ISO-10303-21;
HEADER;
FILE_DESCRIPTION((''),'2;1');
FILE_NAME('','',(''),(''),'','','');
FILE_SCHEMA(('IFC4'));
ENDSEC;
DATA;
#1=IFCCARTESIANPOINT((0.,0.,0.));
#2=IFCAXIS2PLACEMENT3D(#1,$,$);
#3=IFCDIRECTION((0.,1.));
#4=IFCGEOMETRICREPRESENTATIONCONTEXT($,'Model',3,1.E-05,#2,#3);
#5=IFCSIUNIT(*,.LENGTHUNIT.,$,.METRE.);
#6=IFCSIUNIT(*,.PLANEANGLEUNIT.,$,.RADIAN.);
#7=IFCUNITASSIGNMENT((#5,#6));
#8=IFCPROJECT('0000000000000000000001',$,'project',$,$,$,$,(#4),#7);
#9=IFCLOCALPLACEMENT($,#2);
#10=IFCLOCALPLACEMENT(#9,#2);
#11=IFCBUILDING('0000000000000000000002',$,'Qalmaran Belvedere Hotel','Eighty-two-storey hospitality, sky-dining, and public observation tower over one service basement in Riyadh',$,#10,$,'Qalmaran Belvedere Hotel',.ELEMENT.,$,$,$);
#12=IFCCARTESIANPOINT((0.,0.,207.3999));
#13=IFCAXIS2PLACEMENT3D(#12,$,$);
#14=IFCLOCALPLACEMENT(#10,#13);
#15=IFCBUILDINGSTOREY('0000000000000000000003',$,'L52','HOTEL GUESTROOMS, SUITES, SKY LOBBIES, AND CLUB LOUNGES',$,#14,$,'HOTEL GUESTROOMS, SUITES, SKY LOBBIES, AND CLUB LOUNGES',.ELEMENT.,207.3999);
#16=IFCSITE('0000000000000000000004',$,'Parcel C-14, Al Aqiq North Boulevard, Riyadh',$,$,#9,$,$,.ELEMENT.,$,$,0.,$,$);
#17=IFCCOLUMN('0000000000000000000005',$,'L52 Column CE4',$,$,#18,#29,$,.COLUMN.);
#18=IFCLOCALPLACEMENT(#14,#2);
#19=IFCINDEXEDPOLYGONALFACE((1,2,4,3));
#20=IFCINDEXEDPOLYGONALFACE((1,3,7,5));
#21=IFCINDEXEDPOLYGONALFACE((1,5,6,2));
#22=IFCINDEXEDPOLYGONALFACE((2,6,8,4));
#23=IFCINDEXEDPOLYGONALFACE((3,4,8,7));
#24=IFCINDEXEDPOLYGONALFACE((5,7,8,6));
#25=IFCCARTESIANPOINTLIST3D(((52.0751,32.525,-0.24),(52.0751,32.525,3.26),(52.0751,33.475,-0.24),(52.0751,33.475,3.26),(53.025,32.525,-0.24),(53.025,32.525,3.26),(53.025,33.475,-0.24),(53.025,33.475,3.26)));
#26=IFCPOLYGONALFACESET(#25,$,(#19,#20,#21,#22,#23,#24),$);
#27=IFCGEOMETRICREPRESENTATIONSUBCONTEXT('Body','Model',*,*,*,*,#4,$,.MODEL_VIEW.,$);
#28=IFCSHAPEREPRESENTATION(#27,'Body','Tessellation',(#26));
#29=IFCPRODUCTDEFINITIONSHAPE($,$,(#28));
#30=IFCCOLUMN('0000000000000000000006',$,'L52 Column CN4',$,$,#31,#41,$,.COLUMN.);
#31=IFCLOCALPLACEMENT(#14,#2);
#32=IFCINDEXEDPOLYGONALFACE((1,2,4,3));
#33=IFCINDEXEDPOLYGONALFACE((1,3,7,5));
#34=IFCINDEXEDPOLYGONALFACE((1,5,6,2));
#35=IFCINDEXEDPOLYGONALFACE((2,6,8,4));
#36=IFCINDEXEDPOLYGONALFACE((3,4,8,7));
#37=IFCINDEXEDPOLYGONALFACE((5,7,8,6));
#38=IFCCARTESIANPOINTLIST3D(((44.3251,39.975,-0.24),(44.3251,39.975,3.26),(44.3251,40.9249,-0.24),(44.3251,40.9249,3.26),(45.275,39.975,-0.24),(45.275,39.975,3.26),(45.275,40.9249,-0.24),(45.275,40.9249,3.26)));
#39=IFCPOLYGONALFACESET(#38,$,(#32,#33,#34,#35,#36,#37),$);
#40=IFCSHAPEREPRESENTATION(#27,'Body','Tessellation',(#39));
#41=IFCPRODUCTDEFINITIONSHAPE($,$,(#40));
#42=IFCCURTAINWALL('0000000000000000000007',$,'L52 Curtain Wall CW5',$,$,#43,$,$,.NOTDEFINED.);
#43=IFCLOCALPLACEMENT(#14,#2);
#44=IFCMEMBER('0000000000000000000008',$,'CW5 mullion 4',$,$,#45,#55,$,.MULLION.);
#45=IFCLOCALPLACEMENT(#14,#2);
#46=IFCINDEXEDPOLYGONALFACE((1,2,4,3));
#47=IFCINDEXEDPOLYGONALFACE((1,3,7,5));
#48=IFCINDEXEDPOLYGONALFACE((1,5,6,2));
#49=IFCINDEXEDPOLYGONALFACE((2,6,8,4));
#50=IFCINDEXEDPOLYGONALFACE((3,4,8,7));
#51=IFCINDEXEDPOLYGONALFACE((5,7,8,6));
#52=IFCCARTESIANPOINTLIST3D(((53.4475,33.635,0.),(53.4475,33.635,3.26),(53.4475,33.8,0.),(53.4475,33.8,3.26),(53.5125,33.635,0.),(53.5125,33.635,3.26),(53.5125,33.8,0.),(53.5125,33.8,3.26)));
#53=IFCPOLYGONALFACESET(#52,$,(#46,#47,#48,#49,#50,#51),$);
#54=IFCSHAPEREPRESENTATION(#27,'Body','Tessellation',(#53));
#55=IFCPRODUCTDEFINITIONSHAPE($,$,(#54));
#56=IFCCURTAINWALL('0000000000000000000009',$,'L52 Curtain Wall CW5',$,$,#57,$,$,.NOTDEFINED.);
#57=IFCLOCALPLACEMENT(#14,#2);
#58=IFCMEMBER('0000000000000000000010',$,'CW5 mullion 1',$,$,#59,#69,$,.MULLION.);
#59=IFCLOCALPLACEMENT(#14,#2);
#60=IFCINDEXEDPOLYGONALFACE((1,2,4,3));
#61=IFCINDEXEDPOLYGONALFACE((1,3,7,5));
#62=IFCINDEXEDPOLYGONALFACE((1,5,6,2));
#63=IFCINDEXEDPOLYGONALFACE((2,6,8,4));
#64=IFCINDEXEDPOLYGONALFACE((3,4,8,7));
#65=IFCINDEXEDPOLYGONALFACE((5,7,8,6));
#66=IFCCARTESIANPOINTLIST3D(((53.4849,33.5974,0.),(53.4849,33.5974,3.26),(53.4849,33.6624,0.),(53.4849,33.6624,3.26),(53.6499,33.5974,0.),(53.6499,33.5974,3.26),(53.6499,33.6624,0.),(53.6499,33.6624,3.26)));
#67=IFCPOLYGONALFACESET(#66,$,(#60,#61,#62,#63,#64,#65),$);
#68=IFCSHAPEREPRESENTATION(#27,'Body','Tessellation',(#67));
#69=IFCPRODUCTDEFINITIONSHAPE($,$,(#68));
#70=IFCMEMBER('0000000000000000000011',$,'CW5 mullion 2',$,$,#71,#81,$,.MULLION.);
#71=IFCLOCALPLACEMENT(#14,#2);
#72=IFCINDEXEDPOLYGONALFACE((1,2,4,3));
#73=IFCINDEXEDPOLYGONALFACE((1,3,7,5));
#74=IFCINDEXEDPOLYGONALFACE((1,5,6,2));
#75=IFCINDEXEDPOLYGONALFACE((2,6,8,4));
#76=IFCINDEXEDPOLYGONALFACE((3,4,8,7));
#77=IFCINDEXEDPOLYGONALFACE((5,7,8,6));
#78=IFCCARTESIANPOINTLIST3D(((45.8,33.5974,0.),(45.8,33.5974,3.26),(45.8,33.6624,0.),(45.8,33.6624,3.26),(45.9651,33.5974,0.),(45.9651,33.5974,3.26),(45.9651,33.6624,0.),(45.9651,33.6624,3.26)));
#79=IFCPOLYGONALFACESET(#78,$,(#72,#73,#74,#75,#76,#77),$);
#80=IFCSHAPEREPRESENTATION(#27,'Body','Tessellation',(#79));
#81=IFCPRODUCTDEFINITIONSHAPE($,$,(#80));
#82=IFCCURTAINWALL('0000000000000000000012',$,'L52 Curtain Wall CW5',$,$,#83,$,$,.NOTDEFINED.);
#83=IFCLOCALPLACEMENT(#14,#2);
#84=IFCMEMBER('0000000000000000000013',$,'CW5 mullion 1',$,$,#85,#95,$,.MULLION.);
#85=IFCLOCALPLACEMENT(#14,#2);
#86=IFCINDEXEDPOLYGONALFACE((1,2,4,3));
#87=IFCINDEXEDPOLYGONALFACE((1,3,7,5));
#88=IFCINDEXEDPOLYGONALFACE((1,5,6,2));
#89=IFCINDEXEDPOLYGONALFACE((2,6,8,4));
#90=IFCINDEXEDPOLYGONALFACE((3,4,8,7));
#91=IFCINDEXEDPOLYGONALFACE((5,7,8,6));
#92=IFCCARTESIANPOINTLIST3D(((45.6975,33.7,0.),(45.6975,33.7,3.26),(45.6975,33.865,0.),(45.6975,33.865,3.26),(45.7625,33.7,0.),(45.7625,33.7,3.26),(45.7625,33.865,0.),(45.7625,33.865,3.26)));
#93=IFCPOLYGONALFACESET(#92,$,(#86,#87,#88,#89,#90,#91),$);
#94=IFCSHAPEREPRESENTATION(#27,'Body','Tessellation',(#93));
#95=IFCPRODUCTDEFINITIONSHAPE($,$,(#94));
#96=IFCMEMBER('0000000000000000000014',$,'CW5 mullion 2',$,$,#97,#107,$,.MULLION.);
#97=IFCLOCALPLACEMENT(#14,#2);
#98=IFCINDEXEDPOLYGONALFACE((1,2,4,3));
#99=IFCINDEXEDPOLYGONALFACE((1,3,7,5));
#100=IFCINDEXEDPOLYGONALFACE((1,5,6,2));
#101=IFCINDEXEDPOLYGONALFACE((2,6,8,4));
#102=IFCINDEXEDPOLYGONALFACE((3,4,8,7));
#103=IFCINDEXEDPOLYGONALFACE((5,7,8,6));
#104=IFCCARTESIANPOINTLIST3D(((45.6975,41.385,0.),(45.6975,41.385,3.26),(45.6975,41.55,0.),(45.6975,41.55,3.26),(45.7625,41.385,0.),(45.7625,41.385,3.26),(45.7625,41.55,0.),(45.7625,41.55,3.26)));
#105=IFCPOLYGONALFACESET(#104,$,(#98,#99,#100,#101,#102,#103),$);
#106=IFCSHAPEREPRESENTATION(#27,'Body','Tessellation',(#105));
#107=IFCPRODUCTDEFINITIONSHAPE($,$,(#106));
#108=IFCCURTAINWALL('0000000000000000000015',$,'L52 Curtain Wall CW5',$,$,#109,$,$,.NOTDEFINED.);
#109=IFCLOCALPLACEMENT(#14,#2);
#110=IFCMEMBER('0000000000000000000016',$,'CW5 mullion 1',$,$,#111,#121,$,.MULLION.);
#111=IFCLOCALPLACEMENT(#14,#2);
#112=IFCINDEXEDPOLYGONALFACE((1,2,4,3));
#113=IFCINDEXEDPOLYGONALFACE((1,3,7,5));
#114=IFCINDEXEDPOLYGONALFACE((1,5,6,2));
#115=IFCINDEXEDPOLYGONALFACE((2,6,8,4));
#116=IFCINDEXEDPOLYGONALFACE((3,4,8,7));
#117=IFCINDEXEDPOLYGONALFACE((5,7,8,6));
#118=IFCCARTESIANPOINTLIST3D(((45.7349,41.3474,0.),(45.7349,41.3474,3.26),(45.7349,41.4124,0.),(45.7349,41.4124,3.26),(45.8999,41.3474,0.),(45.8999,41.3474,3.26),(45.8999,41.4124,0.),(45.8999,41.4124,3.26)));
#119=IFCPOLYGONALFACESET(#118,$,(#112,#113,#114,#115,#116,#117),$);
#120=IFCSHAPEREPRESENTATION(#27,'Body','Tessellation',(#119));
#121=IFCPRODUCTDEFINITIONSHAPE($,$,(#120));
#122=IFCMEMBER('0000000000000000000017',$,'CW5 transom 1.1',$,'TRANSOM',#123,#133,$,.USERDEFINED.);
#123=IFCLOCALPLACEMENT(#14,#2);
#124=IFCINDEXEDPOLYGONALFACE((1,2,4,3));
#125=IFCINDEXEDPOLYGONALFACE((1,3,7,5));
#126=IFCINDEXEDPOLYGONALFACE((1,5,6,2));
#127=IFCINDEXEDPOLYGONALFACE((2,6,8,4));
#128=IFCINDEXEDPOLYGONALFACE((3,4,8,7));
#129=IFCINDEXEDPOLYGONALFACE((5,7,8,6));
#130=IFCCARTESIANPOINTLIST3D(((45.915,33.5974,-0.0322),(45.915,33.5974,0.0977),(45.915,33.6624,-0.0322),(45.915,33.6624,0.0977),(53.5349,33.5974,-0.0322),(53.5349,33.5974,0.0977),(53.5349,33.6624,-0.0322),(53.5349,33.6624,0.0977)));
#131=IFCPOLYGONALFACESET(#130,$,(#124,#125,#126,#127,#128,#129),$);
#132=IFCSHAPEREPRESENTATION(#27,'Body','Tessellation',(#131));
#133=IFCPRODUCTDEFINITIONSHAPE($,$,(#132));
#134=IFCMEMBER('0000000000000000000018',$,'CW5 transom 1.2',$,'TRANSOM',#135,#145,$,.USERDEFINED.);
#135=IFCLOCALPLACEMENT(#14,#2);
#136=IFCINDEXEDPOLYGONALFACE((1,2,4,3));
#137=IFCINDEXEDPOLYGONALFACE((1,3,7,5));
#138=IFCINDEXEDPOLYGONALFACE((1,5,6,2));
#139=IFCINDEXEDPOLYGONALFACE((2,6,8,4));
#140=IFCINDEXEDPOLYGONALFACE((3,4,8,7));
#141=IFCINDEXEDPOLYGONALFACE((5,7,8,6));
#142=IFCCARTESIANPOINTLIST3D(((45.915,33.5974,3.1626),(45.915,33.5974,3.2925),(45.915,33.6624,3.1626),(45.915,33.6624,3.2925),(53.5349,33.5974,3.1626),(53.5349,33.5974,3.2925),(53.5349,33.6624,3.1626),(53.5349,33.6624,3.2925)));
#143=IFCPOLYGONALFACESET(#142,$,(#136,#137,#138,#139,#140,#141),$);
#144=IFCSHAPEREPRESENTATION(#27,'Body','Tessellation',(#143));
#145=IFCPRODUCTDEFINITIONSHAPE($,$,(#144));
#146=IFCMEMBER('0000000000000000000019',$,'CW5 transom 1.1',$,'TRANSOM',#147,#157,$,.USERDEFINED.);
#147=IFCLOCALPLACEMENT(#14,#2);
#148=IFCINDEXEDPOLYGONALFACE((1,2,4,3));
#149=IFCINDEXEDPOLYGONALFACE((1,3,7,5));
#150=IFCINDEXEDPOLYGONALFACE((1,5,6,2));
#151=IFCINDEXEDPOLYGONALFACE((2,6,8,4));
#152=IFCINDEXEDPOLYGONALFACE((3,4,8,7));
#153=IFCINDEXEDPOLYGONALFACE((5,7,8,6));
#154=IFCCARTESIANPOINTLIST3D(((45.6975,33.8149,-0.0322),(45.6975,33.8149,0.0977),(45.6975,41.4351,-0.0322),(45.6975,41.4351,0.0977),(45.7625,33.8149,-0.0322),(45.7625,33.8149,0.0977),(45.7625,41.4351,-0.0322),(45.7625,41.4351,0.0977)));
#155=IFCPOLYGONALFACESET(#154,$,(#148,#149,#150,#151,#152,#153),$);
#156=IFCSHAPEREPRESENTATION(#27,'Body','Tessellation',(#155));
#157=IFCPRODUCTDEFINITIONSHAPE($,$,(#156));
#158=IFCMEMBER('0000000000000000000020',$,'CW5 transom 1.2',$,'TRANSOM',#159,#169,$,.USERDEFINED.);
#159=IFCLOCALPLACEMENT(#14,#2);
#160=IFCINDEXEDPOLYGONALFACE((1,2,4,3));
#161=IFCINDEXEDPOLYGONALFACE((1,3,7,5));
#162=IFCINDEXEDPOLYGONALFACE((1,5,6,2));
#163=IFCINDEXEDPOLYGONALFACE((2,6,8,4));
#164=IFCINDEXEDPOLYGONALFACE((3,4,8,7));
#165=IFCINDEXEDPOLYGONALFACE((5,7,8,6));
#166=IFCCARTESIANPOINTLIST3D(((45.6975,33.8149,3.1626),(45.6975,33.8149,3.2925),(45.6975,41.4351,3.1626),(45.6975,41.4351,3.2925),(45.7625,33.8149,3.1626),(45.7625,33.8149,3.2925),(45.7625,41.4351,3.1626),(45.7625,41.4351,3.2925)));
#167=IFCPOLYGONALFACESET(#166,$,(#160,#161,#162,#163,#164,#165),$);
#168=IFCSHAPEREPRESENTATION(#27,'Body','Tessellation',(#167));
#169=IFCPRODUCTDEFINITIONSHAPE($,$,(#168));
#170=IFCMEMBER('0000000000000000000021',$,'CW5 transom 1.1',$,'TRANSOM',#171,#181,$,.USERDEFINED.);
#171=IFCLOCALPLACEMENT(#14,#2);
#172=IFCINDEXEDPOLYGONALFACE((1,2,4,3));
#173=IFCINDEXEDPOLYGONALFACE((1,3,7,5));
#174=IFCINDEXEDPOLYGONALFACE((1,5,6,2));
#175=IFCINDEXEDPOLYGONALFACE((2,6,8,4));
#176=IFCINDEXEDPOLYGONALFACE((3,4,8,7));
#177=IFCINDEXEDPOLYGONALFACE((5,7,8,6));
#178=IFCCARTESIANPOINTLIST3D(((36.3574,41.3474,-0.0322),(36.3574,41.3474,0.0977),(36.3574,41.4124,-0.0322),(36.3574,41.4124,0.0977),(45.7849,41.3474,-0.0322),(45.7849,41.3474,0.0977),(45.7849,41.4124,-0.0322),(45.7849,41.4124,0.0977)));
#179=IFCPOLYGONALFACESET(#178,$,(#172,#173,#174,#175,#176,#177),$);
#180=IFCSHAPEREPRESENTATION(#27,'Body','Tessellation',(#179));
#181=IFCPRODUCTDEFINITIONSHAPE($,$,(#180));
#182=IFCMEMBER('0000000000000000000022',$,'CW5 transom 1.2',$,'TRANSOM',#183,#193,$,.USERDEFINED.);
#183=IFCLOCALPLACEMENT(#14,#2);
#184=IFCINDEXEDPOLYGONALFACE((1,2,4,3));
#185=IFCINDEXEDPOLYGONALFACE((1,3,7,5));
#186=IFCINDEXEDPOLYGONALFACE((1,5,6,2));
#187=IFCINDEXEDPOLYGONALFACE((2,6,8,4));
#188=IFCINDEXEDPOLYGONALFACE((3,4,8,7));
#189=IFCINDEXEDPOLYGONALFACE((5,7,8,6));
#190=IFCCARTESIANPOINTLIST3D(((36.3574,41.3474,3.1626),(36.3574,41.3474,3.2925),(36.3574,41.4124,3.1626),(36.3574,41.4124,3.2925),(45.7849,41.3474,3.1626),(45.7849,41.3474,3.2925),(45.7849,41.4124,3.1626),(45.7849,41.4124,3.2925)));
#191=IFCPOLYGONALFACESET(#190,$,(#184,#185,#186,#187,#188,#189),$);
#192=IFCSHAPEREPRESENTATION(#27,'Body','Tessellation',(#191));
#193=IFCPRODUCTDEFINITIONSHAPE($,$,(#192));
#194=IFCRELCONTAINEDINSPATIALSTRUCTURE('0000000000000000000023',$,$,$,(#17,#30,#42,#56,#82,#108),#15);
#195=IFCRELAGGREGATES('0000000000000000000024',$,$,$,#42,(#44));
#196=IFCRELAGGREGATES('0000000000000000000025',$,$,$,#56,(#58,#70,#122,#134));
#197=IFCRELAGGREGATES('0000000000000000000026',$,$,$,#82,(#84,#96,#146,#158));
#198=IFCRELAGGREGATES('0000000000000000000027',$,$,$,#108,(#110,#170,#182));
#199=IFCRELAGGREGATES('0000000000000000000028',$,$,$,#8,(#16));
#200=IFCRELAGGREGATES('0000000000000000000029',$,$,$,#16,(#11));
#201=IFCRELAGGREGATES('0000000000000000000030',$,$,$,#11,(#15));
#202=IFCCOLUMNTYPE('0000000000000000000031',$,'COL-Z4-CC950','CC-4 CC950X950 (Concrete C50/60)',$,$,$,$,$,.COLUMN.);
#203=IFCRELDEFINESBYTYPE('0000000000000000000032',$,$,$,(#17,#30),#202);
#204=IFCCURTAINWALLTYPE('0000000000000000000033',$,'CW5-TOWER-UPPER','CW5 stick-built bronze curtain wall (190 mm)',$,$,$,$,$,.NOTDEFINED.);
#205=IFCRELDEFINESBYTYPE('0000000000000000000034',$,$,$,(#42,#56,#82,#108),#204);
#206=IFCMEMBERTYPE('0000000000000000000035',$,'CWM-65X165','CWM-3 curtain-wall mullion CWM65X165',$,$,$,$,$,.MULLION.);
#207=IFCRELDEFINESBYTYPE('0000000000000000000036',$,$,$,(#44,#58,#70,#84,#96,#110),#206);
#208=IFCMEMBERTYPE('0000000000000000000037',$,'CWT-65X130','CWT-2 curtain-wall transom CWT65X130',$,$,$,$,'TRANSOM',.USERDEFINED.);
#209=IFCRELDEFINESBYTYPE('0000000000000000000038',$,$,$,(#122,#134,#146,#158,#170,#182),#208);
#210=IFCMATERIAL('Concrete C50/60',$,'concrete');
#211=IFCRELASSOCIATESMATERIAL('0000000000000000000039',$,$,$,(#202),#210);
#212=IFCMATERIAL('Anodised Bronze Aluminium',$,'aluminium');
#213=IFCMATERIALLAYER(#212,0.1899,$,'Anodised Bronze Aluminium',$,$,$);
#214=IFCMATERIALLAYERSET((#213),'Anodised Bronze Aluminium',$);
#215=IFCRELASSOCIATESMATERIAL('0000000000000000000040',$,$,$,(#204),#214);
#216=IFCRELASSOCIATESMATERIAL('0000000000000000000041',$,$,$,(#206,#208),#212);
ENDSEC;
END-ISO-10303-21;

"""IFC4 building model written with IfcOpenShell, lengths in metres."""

from ifc_helpers import new_model, si_unit, direction, frame, origin, origin_2d, place, context, subcontext, project, spatial, rectangle, extrude, material, layer, layer_set, material_profile, profile_set, type_object, element, aggregate, save


model = new_model("IFC4")

# Units and contexts
model_context = context("Model", 3, precision=1e-05, world=origin(), true_north=direction((0.0, 1.0)))
body_context = subcontext(model_context, "Body", "Model", "MODEL_VIEW")
ifc_project = project(units=[si_unit("LENGTHUNIT", "METRE"), si_unit("PLANEANGLEUNIT", "RADIAN")], contexts=[model_context])

# Site, building, storey
site_placement = place(None, origin())
site = spatial("IfcSite", under=ifc_project, at=site_placement, Name="Parcel C-14, Al Aqiq North Boulevard, Riyadh", CompositionType="ELEMENT", RefElevation=0.0)
building_placement = place(site_placement, origin())
building = spatial("IfcBuilding", under=site, at=building_placement, Name="Qalmaran Belvedere Hotel", Description="Eighty-two-storey hospitality, sky-dining, and public observation tower over one service basement in Riyadh", LongName="Qalmaran Belvedere Hotel", CompositionType="ELEMENT")
storey_placement = place(building_placement, frame((0.0, 0.0, 207.3999)))
storey = spatial("IfcBuildingStorey", under=building, at=storey_placement, Name="L52", Description="HOTEL GUESTROOMS, SUITES, SKY LOBBIES, AND CLUB LOUNGES", LongName="HOTEL GUESTROOMS, SUITES, SKY LOBBIES, AND CLUB LOUNGES", CompositionType="ELEMENT", Elevation=207.3999)

# Columns
ifc_material_1 = material(Name="Concrete C50/60", Category="concrete")
ifc_material_profile_1 = material_profile(ifc_material_1, rectangle(XDim=0.95, YDim=0.95, at=origin_2d()), Name="CC950X950")
ifc_profile_set_1 = profile_set([ifc_material_profile_1], Name="Concrete C50/60")
column_type = type_object("IfcColumnType", Name="COL-Z4-CC950", Description="CC-4 CC950X950 (Concrete C50/60)", PredefinedType="COLUMN", material=ifc_profile_set_1)
for number, where, z_axis, x_axis, name in (
    (1, (52.55, 33.0, -0.24), (0.0, 0.0, 1.0), (1.0, 0.0, 0.0), "L52 Column CE4"),
    (2, (44.8, 40.45, -0.24), (0.0, 0.0, 1.0), (1.0, 0.0, 0.0), "L52 Column CN4"),
):
    element("IfcColumn", number, at=place(storey_placement, frame(where, z_axis=z_axis, x_axis=x_axis)), inside=storey, type_object=column_type, Name=name, PredefinedType="COLUMN", context=body_context, shape_type="SweptSolid", body=[
        extrude(rectangle(XDim=0.95, YDim=0.95, at=origin_2d()), origin(), (0.0, 0.0, 1.0), 3.5),
    ])

# Curtain wall, member
ifc_material_2 = material(Name="Anodised Bronze Aluminium", Category="aluminium")
ifc_layer_1 = layer(ifc_material_2, 0.1899, Name="Anodised Bronze Aluminium")
ifc_layer_set_1 = layer_set([ifc_layer_1], Name="Anodised Bronze Aluminium")
curtain_wall_type = type_object("IfcCurtainWallType", Name="CW5-TOWER-UPPER", Description="CW5 stick-built bronze curtain wall (190 mm)", PredefinedType="NOTDEFINED", material=ifc_layer_set_1)
curtain_wall_1_placement = place(storey_placement, origin())
curtain_wall_1 = element("IfcCurtainWall", 3, at=curtain_wall_1_placement, inside=storey, type_object=curtain_wall_type, Name="L52 Curtain Wall CW5", PredefinedType="NOTDEFINED")
ifc_material_profile_2 = material_profile(ifc_material_2, rectangle(XDim=0.0649, YDim=0.165, at=origin_2d()), Name="CWM65X165")
ifc_profile_set_2 = profile_set([ifc_material_profile_2], Name="Anodised Bronze Aluminium")
member_type_1 = type_object("IfcMemberType", Name="CWM-65X165", Description="CWM-3 curtain-wall mullion CWM65X165", PredefinedType="MULLION", material=ifc_profile_set_2)
member_1_placement = place(storey_placement, frame((53.48, 33.7175, 0.0), z_axis=(0.0, 0.0, 1.0), x_axis=(-1.0, 0.0, 0.0)))
member_1 = element("IfcMember", 4, at=member_1_placement, type_object=member_type_1, Name="CW5 mullion 4", PredefinedType="MULLION", context=body_context, shape_type="SweptSolid", body=[
    extrude(rectangle(XDim=0.0649, YDim=0.165, at=origin_2d()), origin(), (0.0, 0.0, 1.0), 3.26),
])
aggregate(curtain_wall_1, [member_1])

# Curtain walls, members
curtain_wall_2_placement = place(storey_placement, origin())
curtain_wall_2 = element("IfcCurtainWall", 5, at=curtain_wall_2_placement, inside=storey, type_object=curtain_wall_type, Name="L52 Curtain Wall CW5", PredefinedType="NOTDEFINED")
member_2_placement = place(storey_placement, frame((53.5674, 33.6299, 0.0), z_axis=(0.0, 0.0, 1.0), x_axis=(0.0, -1.0, 0.0)))
member_2 = element("IfcMember", 6, at=member_2_placement, type_object=member_type_1, Name="CW5 mullion 1", PredefinedType="MULLION", context=body_context, shape_type="SweptSolid", body=[
    extrude(rectangle(XDim=0.0649, YDim=0.165, at=origin_2d()), origin(), (0.0, 0.0, 1.0), 3.26),
])
member_3_placement = place(storey_placement, frame((45.8826, 33.6299, 0.0), z_axis=(0.0, 0.0, 1.0), x_axis=(0.0, -1.0, 0.0)))
member_3 = element("IfcMember", 7, at=member_3_placement, type_object=member_type_1, Name="CW5 mullion 2", PredefinedType="MULLION", context=body_context, shape_type="SweptSolid", body=[
    extrude(rectangle(XDim=0.0649, YDim=0.165, at=origin_2d()), origin(), (0.0, 0.0, 1.0), 3.26),
])
curtain_wall_3_placement = place(storey_placement, origin())
curtain_wall_3 = element("IfcCurtainWall", 8, at=curtain_wall_3_placement, inside=storey, type_object=curtain_wall_type, Name="L52 Curtain Wall CW5", PredefinedType="NOTDEFINED")
member_4_placement = place(storey_placement, frame((45.73, 33.7825, 0.0), z_axis=(0.0, 0.0, 1.0), x_axis=(-1.0, 0.0, 0.0)))
member_4 = element("IfcMember", 9, at=member_4_placement, type_object=member_type_1, Name="CW5 mullion 1", PredefinedType="MULLION", context=body_context, shape_type="SweptSolid", body=[
    extrude(rectangle(XDim=0.0649, YDim=0.165, at=origin_2d()), origin(), (0.0, 0.0, 1.0), 3.26),
])
member_5_placement = place(storey_placement, frame((45.73, 41.4675, 0.0), z_axis=(0.0, 0.0, 1.0), x_axis=(-1.0, 0.0, 0.0)))
member_5 = element("IfcMember", 10, at=member_5_placement, type_object=member_type_1, Name="CW5 mullion 2", PredefinedType="MULLION", context=body_context, shape_type="SweptSolid", body=[
    extrude(rectangle(XDim=0.0649, YDim=0.165, at=origin_2d()), origin(), (0.0, 0.0, 1.0), 3.26),
])

# Curtain wall, member
curtain_wall_4_placement = place(storey_placement, origin())
curtain_wall_4 = element("IfcCurtainWall", 11, at=curtain_wall_4_placement, inside=storey, type_object=curtain_wall_type, Name="L52 Curtain Wall CW5", PredefinedType="NOTDEFINED")
member_6_placement = place(storey_placement, frame((45.8174, 41.3799, 0.0), z_axis=(0.0, 0.0, 1.0), x_axis=(0.0, -1.0, 0.0)))
member_6 = element("IfcMember", 12, at=member_6_placement, type_object=member_type_1, Name="CW5 mullion 1", PredefinedType="MULLION", context=body_context, shape_type="SweptSolid", body=[
    extrude(rectangle(XDim=0.0649, YDim=0.165, at=origin_2d()), origin(), (0.0, 0.0, 1.0), 3.26),
])

# Members
ifc_material_profile_3 = material_profile(ifc_material_2, rectangle(XDim=0.0649, YDim=0.1299, at=origin_2d()), Name="CWT65X130")
ifc_profile_set_3 = profile_set([ifc_material_profile_3], Name="Anodised Bronze Aluminium")
member_type_2 = type_object("IfcMemberType", Name="CWT-65X130", Description="CWT-2 curtain-wall transom CWT65X130", ElementType="TRANSOM", PredefinedType="USERDEFINED", material=ifc_profile_set_3)
member_7_placement = place(storey_placement, frame((53.5349, 33.6299, 0.0327), z_axis=(-1.0, 0.0, 0.0), x_axis=(0.0, -1.0, 0.0)))
member_7 = element("IfcMember", 13, at=member_7_placement, type_object=member_type_2, Name="CW5 transom 1.1", ObjectType="TRANSOM", PredefinedType="USERDEFINED", context=body_context, shape_type="SweptSolid", body=[
    extrude(rectangle(XDim=0.0649, YDim=0.1299, at=origin_2d()), origin(), (0.0, 0.0, 1.0), 7.6199),
])
member_8_placement = place(storey_placement, frame((53.5349, 33.6299, 3.2275), z_axis=(-1.0, 0.0, 0.0), x_axis=(0.0, -1.0, 0.0)))
member_8 = element("IfcMember", 14, at=member_8_placement, type_object=member_type_2, Name="CW5 transom 1.2", ObjectType="TRANSOM", PredefinedType="USERDEFINED", context=body_context, shape_type="SweptSolid", body=[
    extrude(rectangle(XDim=0.0649, YDim=0.1299, at=origin_2d()), origin(), (0.0, 0.0, 1.0), 7.6199),
])
member_9_placement = place(storey_placement, frame((45.73, 33.8149, 0.0327), z_axis=(0.0, 1.0, 0.0), x_axis=(-1.0, 0.0, 0.0)))
member_9 = element("IfcMember", 15, at=member_9_placement, type_object=member_type_2, Name="CW5 transom 1.1", ObjectType="TRANSOM", PredefinedType="USERDEFINED", context=body_context, shape_type="SweptSolid", body=[
    extrude(rectangle(XDim=0.0649, YDim=0.1299, at=origin_2d()), origin(), (0.0, 0.0, 1.0), 7.6201),
])
member_10_placement = place(storey_placement, frame((45.73, 33.8149, 3.2275), z_axis=(0.0, 1.0, 0.0), x_axis=(-1.0, 0.0, 0.0)))
member_10 = element("IfcMember", 16, at=member_10_placement, type_object=member_type_2, Name="CW5 transom 1.2", ObjectType="TRANSOM", PredefinedType="USERDEFINED", context=body_context, shape_type="SweptSolid", body=[
    extrude(rectangle(XDim=0.0649, YDim=0.1299, at=origin_2d()), origin(), (0.0, 0.0, 1.0), 7.6201),
])
member_11_placement = place(storey_placement, frame((45.7849, 41.3799, 0.0327), z_axis=(-1.0, 0.0, 0.0), x_axis=(0.0, -1.0, 0.0)))
member_11 = element("IfcMember", 17, at=member_11_placement, type_object=member_type_2, Name="CW5 transom 1.1", ObjectType="TRANSOM", PredefinedType="USERDEFINED", context=body_context, shape_type="SweptSolid", body=[
    extrude(rectangle(XDim=0.0649, YDim=0.1299, at=origin_2d()), origin(), (0.0, 0.0, 1.0), 9.4275),
])
member_12_placement = place(storey_placement, frame((45.7849, 41.3799, 3.2275), z_axis=(-1.0, 0.0, 0.0), x_axis=(0.0, -1.0, 0.0)))
member_12 = element("IfcMember", 18, at=member_12_placement, type_object=member_type_2, Name="CW5 transom 1.2", ObjectType="TRANSOM", PredefinedType="USERDEFINED", context=body_context, shape_type="SweptSolid", body=[
    extrude(rectangle(XDim=0.0649, YDim=0.1299, at=origin_2d()), origin(), (0.0, 0.0, 1.0), 9.4275),
])

aggregate(curtain_wall_2, [member_2, member_3, member_7, member_8])
aggregate(curtain_wall_3, [member_4, member_5, member_9, member_10])
aggregate(curtain_wall_4, [member_6, member_11, member_12])

save(model, "model.ifc")
